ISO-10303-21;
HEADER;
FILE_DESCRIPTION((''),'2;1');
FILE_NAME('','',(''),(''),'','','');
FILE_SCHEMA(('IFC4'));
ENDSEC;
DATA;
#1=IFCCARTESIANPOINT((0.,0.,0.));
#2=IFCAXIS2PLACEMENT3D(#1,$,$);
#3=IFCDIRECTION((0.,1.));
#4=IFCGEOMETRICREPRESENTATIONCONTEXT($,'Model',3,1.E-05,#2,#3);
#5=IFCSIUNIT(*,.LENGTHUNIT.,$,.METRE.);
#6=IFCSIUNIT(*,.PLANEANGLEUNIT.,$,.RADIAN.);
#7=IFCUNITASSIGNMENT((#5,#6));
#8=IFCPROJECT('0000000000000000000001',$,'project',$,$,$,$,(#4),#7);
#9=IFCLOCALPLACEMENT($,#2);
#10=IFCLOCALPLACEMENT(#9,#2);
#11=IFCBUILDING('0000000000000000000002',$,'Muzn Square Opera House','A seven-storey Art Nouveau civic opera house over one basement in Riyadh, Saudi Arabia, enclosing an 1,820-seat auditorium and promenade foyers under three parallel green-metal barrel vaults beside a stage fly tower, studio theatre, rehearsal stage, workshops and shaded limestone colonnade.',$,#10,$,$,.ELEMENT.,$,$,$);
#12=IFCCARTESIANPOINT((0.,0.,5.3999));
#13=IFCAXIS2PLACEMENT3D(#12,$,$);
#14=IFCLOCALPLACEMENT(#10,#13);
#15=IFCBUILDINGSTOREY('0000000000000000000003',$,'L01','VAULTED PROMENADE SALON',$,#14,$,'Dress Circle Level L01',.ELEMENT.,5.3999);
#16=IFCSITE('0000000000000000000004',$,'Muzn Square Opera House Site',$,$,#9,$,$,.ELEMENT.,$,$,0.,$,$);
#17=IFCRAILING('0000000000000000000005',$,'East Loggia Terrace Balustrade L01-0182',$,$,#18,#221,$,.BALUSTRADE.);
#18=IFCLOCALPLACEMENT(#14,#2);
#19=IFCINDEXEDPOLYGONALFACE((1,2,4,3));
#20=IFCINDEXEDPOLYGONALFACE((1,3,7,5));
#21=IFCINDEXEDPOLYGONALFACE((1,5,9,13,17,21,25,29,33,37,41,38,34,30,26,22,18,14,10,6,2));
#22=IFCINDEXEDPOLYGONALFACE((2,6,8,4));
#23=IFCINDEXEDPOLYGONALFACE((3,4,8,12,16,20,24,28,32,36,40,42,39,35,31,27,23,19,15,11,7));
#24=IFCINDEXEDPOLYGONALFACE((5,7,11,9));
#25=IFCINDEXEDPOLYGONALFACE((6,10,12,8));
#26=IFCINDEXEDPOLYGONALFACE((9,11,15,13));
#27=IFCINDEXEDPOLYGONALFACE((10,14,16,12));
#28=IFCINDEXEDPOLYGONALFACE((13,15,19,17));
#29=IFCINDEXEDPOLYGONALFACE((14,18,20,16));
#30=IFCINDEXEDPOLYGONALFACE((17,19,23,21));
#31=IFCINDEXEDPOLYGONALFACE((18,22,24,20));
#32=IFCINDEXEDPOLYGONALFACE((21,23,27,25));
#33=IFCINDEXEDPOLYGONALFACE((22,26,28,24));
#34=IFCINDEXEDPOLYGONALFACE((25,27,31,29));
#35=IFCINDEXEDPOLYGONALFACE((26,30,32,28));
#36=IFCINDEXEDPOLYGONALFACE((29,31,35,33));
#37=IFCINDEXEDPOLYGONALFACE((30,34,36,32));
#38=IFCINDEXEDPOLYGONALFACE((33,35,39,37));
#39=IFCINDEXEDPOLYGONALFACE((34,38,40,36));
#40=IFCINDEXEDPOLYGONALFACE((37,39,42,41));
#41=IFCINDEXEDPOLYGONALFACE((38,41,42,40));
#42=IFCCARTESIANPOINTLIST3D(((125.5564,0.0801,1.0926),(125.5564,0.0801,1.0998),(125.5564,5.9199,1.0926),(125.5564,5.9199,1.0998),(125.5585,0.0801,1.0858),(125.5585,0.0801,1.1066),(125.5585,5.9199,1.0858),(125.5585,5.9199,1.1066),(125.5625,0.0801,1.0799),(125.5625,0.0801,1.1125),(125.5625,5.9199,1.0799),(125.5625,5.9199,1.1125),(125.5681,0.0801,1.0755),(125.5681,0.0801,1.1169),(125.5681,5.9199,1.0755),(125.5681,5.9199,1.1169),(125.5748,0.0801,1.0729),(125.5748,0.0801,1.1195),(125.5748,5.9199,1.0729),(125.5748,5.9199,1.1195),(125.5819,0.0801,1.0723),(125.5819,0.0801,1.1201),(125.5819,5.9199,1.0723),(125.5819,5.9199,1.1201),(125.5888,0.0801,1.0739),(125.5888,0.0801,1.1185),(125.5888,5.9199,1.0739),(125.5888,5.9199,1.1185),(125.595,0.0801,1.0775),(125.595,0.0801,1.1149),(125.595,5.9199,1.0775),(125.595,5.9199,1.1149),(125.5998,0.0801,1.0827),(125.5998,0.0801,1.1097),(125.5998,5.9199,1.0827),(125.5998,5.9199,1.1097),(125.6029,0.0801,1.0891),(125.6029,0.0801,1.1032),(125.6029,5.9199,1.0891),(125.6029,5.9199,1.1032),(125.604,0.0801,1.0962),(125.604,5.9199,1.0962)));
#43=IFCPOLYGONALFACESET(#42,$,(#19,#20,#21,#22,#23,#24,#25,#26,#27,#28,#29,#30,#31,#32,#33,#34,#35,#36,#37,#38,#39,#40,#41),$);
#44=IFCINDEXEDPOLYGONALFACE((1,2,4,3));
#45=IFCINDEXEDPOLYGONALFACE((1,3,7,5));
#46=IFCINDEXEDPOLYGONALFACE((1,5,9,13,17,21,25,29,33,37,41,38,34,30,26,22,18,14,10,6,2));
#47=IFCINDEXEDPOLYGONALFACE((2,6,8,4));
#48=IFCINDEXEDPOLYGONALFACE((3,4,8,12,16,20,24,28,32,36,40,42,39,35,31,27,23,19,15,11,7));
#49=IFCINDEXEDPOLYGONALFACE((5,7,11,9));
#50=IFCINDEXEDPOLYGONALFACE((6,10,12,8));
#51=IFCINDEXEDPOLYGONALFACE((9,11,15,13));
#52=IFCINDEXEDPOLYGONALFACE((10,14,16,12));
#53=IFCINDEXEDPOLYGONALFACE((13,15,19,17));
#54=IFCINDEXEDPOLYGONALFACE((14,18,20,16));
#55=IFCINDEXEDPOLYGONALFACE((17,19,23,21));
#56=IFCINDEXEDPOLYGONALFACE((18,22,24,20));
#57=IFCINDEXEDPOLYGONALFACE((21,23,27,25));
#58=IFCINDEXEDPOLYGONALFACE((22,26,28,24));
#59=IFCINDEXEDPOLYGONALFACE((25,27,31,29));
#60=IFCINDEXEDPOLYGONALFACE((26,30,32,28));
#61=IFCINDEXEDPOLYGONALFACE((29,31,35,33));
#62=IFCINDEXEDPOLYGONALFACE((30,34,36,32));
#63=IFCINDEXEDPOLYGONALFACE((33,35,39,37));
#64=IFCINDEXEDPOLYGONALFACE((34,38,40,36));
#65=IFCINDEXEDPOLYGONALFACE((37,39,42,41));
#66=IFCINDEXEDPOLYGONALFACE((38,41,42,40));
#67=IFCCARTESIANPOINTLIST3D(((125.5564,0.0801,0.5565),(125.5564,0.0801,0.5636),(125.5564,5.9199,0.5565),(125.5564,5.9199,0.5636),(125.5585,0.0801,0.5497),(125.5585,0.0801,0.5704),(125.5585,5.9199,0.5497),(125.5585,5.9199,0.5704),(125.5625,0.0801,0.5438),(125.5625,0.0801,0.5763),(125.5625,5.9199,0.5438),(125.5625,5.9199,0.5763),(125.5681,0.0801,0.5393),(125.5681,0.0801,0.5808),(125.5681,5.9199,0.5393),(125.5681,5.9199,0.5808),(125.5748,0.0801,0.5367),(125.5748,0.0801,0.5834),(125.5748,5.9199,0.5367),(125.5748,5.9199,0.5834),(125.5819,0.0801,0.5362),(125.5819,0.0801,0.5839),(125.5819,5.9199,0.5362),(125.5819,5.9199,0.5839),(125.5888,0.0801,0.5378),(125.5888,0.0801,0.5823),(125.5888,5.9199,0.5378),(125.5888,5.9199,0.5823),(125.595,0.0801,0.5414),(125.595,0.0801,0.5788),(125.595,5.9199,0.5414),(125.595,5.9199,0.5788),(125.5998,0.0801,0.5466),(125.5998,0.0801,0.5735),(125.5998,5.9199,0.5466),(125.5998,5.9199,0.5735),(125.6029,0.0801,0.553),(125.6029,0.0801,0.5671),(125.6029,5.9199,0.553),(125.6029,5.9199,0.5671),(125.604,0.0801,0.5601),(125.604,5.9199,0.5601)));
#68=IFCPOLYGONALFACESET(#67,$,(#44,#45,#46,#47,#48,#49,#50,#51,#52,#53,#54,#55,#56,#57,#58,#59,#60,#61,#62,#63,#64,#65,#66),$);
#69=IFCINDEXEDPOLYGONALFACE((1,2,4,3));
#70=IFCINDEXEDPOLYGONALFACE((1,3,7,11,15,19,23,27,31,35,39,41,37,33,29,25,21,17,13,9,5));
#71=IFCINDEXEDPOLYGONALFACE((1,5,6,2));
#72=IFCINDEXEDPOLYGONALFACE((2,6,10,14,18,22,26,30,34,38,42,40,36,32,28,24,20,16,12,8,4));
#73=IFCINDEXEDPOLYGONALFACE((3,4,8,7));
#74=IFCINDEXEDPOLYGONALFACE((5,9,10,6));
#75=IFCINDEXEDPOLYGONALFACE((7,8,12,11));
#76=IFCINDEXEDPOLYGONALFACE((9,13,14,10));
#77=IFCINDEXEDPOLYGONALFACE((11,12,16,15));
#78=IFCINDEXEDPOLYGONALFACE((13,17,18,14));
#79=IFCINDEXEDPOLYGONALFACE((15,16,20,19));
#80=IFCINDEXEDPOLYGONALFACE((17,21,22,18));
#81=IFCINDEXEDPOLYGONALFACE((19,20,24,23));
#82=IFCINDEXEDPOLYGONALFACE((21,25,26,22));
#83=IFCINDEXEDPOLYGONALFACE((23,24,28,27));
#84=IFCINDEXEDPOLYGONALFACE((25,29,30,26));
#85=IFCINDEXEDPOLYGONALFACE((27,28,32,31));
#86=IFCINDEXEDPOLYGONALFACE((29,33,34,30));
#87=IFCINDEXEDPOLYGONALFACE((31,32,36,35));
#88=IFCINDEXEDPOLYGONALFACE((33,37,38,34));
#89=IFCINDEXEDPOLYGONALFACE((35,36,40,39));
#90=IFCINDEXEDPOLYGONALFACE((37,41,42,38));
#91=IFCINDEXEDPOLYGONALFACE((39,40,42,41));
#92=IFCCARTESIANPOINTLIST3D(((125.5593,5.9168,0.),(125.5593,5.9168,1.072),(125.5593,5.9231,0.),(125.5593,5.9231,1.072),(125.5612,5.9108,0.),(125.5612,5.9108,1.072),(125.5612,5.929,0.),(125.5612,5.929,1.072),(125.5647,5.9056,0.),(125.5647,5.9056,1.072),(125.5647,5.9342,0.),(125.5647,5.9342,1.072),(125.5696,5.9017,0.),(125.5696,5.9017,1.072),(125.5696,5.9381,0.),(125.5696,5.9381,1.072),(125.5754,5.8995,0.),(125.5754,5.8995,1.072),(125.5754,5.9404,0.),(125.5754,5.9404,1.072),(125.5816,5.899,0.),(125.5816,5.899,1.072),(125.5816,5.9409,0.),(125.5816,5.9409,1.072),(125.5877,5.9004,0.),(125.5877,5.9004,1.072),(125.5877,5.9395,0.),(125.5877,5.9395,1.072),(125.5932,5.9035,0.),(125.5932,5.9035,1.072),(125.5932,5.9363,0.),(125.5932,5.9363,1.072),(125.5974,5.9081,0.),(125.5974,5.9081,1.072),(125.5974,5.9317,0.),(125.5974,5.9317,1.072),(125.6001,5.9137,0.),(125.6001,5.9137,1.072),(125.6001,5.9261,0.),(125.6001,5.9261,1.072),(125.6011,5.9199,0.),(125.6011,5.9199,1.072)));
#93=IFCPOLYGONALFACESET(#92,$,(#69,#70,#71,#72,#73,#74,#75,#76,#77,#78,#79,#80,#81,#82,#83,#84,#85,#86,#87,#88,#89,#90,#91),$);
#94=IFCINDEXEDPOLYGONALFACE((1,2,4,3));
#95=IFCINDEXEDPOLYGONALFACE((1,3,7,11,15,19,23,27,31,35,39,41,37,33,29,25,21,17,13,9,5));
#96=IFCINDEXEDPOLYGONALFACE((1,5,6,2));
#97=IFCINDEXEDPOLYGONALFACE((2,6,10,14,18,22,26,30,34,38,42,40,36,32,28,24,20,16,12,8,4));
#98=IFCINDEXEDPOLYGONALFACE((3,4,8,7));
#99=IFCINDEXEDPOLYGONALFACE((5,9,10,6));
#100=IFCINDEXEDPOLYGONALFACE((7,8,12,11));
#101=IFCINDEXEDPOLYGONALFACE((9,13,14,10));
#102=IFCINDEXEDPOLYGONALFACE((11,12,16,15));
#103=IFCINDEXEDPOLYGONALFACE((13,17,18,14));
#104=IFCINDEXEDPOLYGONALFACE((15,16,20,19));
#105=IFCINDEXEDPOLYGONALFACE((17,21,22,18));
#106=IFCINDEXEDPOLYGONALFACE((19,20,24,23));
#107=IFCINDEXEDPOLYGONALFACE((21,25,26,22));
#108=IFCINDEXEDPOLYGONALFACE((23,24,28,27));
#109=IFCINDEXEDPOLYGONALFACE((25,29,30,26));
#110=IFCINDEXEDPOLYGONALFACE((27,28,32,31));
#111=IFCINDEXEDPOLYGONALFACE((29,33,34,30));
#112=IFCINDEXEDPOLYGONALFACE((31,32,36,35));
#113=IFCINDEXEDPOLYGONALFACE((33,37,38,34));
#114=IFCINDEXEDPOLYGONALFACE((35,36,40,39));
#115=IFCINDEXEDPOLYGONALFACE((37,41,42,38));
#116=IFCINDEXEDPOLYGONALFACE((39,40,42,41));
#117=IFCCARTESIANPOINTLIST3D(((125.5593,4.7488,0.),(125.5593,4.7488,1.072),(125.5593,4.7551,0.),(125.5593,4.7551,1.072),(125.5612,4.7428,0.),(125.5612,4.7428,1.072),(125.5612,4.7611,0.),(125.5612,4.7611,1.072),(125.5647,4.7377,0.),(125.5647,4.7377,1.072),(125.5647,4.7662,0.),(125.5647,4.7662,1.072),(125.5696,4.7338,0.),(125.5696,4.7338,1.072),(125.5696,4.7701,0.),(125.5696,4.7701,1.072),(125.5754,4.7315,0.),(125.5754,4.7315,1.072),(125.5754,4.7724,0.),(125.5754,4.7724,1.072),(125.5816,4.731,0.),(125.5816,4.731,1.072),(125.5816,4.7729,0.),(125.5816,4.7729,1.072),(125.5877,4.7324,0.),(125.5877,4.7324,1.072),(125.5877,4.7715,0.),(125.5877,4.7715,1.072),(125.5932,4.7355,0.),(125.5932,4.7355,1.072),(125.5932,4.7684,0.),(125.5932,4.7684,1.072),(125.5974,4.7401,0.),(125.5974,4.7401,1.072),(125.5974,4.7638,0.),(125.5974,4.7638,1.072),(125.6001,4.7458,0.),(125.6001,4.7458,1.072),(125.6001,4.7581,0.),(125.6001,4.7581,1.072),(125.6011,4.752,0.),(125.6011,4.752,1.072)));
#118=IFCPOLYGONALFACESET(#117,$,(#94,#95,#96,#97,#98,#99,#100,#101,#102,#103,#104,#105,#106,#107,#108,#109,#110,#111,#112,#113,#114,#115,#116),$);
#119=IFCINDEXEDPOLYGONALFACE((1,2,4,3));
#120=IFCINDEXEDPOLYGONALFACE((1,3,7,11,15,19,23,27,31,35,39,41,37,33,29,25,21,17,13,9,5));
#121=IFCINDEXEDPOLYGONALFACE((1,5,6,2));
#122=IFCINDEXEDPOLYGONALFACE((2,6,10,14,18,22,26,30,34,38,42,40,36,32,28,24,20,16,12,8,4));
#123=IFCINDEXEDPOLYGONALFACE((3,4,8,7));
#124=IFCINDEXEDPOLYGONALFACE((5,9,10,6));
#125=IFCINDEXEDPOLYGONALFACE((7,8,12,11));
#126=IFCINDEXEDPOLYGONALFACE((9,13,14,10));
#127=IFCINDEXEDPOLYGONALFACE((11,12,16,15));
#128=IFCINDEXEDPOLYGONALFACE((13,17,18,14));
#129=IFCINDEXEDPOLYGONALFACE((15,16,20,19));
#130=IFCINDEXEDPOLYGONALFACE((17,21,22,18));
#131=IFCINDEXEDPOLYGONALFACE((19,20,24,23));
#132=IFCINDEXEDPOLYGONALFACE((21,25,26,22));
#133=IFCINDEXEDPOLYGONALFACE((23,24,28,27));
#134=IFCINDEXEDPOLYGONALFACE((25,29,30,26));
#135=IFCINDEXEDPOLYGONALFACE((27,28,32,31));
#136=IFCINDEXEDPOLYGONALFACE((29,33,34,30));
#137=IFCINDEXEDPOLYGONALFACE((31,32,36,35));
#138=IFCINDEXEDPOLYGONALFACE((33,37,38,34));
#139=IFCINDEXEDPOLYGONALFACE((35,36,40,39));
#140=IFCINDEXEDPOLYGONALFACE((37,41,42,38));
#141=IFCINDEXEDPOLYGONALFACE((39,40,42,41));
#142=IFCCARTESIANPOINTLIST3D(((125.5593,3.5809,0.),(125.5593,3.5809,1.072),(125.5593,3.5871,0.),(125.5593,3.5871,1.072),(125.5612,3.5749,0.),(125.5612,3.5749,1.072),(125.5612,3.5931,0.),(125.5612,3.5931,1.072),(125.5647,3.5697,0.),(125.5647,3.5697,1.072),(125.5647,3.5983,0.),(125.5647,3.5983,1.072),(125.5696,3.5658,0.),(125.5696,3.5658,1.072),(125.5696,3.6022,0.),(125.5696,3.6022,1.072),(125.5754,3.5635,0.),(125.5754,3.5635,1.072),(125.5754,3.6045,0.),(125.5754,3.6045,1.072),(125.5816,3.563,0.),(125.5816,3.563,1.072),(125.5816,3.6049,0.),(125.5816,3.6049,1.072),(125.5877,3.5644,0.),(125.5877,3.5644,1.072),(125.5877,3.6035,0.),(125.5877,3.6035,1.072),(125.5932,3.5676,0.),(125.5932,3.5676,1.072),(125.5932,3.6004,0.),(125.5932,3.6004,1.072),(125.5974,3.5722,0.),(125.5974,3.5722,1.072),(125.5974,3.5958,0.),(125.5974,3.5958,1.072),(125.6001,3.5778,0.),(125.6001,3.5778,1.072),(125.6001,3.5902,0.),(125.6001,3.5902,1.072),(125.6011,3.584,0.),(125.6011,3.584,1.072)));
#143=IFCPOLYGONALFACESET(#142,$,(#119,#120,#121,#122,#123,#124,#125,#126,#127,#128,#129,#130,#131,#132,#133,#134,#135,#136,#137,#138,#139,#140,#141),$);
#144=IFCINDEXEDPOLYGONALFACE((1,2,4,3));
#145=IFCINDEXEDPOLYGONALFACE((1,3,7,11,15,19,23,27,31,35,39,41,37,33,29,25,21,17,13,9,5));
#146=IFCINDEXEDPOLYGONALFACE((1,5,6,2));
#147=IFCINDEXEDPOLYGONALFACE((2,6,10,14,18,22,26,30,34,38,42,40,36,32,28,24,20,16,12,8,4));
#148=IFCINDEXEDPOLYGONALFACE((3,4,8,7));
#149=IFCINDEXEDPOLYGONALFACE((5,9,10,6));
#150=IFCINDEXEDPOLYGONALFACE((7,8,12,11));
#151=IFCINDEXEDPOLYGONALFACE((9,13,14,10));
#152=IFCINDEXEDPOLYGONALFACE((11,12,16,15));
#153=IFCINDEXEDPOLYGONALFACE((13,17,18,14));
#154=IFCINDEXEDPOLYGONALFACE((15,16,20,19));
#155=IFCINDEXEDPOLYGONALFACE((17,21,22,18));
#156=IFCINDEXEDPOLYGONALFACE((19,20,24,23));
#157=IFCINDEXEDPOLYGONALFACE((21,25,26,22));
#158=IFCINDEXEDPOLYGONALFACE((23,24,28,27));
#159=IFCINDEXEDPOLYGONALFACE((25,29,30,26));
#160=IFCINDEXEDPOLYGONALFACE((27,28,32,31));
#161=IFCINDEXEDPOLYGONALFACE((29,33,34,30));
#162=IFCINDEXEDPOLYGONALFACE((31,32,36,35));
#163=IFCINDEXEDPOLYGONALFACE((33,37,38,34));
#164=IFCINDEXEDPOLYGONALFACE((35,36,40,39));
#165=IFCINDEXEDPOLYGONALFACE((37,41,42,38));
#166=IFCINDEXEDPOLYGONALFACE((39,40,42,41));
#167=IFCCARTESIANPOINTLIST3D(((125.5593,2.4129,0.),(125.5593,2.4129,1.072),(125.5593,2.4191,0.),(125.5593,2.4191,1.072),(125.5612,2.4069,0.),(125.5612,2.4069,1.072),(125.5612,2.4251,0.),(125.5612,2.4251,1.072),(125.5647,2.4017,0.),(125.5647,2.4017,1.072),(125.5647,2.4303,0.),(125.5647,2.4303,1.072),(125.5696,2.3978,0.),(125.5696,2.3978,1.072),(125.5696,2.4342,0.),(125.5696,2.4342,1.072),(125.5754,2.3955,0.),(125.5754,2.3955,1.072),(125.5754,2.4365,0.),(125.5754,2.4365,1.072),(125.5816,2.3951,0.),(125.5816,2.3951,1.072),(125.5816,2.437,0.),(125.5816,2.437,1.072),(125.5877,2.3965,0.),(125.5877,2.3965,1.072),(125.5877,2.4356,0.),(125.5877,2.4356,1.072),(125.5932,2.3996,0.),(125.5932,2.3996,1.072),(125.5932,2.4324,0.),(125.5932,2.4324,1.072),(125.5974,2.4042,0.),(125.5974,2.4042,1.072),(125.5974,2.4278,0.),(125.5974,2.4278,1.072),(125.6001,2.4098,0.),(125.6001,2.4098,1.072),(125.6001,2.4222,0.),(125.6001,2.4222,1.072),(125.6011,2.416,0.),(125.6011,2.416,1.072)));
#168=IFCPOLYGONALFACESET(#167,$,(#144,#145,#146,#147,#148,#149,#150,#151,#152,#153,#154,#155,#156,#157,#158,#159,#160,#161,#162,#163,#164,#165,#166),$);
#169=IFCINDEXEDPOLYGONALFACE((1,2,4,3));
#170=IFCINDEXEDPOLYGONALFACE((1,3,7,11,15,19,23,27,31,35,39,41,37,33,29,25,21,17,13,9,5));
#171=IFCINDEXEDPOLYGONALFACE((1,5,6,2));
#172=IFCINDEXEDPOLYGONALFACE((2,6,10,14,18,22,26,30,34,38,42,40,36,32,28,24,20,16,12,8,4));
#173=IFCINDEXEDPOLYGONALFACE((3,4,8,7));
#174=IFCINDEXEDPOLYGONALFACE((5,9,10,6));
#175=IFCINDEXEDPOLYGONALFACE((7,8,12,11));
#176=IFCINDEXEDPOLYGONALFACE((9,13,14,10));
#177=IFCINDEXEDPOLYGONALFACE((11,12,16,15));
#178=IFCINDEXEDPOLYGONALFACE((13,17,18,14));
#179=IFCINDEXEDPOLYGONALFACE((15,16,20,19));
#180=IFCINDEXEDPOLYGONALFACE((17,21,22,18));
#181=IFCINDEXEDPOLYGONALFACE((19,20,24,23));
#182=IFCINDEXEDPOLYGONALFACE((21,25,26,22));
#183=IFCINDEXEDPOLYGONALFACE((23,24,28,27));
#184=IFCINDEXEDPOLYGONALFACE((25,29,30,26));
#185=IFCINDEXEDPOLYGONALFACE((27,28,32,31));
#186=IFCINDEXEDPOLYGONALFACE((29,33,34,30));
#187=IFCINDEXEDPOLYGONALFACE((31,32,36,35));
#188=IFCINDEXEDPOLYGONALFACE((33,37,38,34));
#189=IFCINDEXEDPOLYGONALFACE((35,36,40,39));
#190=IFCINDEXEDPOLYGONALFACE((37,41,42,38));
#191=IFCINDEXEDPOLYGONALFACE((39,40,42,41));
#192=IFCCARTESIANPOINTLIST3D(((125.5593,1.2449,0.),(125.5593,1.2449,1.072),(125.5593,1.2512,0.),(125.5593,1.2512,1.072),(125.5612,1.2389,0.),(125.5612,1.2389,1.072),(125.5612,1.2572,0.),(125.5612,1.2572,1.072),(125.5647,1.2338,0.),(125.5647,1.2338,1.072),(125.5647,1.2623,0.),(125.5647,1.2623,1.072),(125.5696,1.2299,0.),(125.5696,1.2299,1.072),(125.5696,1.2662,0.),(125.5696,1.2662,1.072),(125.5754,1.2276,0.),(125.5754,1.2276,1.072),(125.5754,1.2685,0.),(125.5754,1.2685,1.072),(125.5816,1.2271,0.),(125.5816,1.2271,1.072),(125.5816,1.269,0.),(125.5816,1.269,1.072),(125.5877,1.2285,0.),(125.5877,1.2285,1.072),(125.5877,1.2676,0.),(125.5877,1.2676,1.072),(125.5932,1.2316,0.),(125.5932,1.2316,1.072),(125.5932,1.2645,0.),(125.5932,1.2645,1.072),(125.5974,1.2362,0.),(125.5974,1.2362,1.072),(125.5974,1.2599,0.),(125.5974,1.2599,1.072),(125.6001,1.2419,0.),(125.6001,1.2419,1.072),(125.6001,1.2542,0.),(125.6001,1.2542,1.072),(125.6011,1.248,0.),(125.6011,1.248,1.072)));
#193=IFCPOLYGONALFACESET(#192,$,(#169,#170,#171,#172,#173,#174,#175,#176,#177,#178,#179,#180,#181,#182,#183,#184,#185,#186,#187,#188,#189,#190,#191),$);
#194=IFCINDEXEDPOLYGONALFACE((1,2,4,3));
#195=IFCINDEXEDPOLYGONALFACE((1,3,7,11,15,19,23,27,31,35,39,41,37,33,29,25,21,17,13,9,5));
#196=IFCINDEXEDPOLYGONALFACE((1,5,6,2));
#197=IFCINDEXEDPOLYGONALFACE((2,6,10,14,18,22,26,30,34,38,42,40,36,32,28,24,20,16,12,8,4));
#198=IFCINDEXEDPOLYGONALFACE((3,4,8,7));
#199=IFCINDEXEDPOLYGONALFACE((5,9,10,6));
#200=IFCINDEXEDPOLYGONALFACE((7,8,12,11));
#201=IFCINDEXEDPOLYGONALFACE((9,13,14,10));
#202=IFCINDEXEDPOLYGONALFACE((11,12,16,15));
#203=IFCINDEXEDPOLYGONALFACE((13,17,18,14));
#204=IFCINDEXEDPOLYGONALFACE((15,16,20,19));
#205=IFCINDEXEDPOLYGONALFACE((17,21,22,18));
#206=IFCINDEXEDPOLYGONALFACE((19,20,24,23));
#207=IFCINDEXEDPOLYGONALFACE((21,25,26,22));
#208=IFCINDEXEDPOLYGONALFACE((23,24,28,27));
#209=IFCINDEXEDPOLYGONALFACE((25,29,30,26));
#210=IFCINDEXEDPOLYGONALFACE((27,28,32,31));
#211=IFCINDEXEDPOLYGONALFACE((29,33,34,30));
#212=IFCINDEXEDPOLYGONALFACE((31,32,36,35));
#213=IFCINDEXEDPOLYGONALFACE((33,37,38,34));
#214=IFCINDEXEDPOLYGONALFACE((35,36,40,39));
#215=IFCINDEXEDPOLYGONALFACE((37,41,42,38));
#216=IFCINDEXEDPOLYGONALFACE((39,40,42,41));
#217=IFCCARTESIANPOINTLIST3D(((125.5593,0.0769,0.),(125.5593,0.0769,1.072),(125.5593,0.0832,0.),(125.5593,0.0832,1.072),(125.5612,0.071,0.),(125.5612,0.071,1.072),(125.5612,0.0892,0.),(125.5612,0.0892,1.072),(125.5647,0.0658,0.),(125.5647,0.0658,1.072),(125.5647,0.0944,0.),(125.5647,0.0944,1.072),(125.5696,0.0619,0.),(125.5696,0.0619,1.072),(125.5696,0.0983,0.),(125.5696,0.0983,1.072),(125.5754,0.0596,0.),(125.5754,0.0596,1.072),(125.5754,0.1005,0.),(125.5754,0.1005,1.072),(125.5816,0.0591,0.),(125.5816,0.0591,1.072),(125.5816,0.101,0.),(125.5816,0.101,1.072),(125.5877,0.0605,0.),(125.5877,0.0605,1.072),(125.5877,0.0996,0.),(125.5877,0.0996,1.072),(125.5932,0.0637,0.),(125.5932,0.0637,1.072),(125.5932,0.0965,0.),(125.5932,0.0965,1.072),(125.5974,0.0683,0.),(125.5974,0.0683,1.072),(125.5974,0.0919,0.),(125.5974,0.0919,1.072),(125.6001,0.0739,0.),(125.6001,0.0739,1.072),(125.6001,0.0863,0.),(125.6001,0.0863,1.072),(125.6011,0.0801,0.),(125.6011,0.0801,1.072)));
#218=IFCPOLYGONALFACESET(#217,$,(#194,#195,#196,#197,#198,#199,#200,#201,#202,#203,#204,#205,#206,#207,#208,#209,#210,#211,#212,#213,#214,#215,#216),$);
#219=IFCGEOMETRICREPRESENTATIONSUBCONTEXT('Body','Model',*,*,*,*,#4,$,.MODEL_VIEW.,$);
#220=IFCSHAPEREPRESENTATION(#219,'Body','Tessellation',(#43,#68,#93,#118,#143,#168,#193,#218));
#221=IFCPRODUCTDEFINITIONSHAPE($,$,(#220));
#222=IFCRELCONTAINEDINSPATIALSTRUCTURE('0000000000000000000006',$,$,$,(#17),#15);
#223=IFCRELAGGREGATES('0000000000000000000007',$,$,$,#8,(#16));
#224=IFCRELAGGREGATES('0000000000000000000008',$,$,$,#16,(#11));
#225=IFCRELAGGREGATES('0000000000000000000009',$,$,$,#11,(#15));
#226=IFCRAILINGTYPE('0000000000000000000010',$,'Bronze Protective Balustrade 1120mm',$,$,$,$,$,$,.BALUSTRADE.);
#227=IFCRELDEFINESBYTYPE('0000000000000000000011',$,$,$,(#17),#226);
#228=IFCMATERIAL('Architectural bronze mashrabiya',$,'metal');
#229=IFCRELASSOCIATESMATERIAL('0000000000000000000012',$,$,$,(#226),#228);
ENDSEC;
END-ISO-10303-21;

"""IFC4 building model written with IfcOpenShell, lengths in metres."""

from ifc_helpers import new_model, si_unit, direction, frame, origin, origin_2d, place, context, subcontext, project, spatial, circle, extrude, material, type_object, element, save


model = new_model("IFC4")

# Units and contexts
model_context = context("Model", 3, precision=1e-05, world=origin(), true_north=direction((0.0, 1.0)))
body_context = subcontext(model_context, "Body", "Model", "MODEL_VIEW")
ifc_project = project(units=[si_unit("LENGTHUNIT", "METRE"), si_unit("PLANEANGLEUNIT", "RADIAN")], contexts=[model_context])

# Site, building, storey
site_placement = place(None, origin())
site = spatial("IfcSite", under=ifc_project, at=site_placement, Name="Muzn Square Opera House Site", CompositionType="ELEMENT", RefElevation=0.0)
building_placement = place(site_placement, origin())
building = spatial("IfcBuilding", under=site, at=building_placement, Name="Muzn Square Opera House", Description="A seven-storey Art Nouveau civic opera house over one basement in Riyadh, Saudi Arabia, enclosing an 1,820-seat auditorium and promenade foyers under three parallel green-metal barrel vaults beside a stage fly tower, studio theatre, rehearsal stage, workshops and shaded limestone colonnade.", CompositionType="ELEMENT")
storey_placement = place(building_placement, frame((0.0, 0.0, 5.3999)))
storey = spatial("IfcBuildingStorey", under=building, at=storey_placement, Name="L01", Description="VAULTED PROMENADE SALON", LongName="Dress Circle Level L01", CompositionType="ELEMENT", Elevation=5.3999)

# Railing
ifc_material_1 = material(Name="Architectural bronze mashrabiya", Category="metal")
railing_type = type_object("IfcRailingType", Name="Bronze Protective Balustrade 1120mm", PredefinedType="BALUSTRADE", material=ifc_material_1)
railing_1_placement = place(storey_placement, frame((125.5801, 5.9199, 0.0)))
element("IfcRailing", 1, at=railing_1_placement, inside=storey, type_object=railing_type, Name="East Loggia Terrace Balustrade L01-0182", PredefinedType="BALUSTRADE", context=body_context, shape_type="SweptSolid", body=[
    extrude(circle(Radius=0.0239, at=origin_2d()), frame((0.0, 0.0, 1.0962), z_axis=(0.0, -1.0, 0.0), x_axis=(1.0, 0.0, 0.0)), (0.0, 0.0, 1.0), 5.8398),
    extrude(circle(Radius=0.0239, at=origin_2d()), frame((0.0, 0.0, 0.5601), z_axis=(0.0, -1.0, 0.0), x_axis=(1.0, 0.0, 0.0)), (0.0, 0.0, 1.0), 5.8398),
    extrude(circle(Radius=0.021, at=origin_2d()), origin(), (0.0, 0.0, 1.0), 1.072),
    extrude(circle(Radius=0.021, at=origin_2d()), frame((0.0, -1.168, 0.0)), (0.0, 0.0, 1.0), 1.072),
    extrude(circle(Radius=0.021, at=origin_2d()), frame((0.0, -2.3359, 0.0)), (0.0, 0.0, 1.0), 1.072),
    extrude(circle(Radius=0.021, at=origin_2d()), frame((0.0, -3.5039, 0.0)), (0.0, 0.0, 1.0), 1.072),
    extrude(circle(Radius=0.021, at=origin_2d()), frame((0.0, -4.6719, 0.0)), (0.0, 0.0, 1.0), 1.072),
    extrude(circle(Radius=0.021, at=origin_2d()), frame((0.0, -5.8398, 0.0)), (0.0, 0.0, 1.0), 1.072),
])

save(model, "model.ifc")
